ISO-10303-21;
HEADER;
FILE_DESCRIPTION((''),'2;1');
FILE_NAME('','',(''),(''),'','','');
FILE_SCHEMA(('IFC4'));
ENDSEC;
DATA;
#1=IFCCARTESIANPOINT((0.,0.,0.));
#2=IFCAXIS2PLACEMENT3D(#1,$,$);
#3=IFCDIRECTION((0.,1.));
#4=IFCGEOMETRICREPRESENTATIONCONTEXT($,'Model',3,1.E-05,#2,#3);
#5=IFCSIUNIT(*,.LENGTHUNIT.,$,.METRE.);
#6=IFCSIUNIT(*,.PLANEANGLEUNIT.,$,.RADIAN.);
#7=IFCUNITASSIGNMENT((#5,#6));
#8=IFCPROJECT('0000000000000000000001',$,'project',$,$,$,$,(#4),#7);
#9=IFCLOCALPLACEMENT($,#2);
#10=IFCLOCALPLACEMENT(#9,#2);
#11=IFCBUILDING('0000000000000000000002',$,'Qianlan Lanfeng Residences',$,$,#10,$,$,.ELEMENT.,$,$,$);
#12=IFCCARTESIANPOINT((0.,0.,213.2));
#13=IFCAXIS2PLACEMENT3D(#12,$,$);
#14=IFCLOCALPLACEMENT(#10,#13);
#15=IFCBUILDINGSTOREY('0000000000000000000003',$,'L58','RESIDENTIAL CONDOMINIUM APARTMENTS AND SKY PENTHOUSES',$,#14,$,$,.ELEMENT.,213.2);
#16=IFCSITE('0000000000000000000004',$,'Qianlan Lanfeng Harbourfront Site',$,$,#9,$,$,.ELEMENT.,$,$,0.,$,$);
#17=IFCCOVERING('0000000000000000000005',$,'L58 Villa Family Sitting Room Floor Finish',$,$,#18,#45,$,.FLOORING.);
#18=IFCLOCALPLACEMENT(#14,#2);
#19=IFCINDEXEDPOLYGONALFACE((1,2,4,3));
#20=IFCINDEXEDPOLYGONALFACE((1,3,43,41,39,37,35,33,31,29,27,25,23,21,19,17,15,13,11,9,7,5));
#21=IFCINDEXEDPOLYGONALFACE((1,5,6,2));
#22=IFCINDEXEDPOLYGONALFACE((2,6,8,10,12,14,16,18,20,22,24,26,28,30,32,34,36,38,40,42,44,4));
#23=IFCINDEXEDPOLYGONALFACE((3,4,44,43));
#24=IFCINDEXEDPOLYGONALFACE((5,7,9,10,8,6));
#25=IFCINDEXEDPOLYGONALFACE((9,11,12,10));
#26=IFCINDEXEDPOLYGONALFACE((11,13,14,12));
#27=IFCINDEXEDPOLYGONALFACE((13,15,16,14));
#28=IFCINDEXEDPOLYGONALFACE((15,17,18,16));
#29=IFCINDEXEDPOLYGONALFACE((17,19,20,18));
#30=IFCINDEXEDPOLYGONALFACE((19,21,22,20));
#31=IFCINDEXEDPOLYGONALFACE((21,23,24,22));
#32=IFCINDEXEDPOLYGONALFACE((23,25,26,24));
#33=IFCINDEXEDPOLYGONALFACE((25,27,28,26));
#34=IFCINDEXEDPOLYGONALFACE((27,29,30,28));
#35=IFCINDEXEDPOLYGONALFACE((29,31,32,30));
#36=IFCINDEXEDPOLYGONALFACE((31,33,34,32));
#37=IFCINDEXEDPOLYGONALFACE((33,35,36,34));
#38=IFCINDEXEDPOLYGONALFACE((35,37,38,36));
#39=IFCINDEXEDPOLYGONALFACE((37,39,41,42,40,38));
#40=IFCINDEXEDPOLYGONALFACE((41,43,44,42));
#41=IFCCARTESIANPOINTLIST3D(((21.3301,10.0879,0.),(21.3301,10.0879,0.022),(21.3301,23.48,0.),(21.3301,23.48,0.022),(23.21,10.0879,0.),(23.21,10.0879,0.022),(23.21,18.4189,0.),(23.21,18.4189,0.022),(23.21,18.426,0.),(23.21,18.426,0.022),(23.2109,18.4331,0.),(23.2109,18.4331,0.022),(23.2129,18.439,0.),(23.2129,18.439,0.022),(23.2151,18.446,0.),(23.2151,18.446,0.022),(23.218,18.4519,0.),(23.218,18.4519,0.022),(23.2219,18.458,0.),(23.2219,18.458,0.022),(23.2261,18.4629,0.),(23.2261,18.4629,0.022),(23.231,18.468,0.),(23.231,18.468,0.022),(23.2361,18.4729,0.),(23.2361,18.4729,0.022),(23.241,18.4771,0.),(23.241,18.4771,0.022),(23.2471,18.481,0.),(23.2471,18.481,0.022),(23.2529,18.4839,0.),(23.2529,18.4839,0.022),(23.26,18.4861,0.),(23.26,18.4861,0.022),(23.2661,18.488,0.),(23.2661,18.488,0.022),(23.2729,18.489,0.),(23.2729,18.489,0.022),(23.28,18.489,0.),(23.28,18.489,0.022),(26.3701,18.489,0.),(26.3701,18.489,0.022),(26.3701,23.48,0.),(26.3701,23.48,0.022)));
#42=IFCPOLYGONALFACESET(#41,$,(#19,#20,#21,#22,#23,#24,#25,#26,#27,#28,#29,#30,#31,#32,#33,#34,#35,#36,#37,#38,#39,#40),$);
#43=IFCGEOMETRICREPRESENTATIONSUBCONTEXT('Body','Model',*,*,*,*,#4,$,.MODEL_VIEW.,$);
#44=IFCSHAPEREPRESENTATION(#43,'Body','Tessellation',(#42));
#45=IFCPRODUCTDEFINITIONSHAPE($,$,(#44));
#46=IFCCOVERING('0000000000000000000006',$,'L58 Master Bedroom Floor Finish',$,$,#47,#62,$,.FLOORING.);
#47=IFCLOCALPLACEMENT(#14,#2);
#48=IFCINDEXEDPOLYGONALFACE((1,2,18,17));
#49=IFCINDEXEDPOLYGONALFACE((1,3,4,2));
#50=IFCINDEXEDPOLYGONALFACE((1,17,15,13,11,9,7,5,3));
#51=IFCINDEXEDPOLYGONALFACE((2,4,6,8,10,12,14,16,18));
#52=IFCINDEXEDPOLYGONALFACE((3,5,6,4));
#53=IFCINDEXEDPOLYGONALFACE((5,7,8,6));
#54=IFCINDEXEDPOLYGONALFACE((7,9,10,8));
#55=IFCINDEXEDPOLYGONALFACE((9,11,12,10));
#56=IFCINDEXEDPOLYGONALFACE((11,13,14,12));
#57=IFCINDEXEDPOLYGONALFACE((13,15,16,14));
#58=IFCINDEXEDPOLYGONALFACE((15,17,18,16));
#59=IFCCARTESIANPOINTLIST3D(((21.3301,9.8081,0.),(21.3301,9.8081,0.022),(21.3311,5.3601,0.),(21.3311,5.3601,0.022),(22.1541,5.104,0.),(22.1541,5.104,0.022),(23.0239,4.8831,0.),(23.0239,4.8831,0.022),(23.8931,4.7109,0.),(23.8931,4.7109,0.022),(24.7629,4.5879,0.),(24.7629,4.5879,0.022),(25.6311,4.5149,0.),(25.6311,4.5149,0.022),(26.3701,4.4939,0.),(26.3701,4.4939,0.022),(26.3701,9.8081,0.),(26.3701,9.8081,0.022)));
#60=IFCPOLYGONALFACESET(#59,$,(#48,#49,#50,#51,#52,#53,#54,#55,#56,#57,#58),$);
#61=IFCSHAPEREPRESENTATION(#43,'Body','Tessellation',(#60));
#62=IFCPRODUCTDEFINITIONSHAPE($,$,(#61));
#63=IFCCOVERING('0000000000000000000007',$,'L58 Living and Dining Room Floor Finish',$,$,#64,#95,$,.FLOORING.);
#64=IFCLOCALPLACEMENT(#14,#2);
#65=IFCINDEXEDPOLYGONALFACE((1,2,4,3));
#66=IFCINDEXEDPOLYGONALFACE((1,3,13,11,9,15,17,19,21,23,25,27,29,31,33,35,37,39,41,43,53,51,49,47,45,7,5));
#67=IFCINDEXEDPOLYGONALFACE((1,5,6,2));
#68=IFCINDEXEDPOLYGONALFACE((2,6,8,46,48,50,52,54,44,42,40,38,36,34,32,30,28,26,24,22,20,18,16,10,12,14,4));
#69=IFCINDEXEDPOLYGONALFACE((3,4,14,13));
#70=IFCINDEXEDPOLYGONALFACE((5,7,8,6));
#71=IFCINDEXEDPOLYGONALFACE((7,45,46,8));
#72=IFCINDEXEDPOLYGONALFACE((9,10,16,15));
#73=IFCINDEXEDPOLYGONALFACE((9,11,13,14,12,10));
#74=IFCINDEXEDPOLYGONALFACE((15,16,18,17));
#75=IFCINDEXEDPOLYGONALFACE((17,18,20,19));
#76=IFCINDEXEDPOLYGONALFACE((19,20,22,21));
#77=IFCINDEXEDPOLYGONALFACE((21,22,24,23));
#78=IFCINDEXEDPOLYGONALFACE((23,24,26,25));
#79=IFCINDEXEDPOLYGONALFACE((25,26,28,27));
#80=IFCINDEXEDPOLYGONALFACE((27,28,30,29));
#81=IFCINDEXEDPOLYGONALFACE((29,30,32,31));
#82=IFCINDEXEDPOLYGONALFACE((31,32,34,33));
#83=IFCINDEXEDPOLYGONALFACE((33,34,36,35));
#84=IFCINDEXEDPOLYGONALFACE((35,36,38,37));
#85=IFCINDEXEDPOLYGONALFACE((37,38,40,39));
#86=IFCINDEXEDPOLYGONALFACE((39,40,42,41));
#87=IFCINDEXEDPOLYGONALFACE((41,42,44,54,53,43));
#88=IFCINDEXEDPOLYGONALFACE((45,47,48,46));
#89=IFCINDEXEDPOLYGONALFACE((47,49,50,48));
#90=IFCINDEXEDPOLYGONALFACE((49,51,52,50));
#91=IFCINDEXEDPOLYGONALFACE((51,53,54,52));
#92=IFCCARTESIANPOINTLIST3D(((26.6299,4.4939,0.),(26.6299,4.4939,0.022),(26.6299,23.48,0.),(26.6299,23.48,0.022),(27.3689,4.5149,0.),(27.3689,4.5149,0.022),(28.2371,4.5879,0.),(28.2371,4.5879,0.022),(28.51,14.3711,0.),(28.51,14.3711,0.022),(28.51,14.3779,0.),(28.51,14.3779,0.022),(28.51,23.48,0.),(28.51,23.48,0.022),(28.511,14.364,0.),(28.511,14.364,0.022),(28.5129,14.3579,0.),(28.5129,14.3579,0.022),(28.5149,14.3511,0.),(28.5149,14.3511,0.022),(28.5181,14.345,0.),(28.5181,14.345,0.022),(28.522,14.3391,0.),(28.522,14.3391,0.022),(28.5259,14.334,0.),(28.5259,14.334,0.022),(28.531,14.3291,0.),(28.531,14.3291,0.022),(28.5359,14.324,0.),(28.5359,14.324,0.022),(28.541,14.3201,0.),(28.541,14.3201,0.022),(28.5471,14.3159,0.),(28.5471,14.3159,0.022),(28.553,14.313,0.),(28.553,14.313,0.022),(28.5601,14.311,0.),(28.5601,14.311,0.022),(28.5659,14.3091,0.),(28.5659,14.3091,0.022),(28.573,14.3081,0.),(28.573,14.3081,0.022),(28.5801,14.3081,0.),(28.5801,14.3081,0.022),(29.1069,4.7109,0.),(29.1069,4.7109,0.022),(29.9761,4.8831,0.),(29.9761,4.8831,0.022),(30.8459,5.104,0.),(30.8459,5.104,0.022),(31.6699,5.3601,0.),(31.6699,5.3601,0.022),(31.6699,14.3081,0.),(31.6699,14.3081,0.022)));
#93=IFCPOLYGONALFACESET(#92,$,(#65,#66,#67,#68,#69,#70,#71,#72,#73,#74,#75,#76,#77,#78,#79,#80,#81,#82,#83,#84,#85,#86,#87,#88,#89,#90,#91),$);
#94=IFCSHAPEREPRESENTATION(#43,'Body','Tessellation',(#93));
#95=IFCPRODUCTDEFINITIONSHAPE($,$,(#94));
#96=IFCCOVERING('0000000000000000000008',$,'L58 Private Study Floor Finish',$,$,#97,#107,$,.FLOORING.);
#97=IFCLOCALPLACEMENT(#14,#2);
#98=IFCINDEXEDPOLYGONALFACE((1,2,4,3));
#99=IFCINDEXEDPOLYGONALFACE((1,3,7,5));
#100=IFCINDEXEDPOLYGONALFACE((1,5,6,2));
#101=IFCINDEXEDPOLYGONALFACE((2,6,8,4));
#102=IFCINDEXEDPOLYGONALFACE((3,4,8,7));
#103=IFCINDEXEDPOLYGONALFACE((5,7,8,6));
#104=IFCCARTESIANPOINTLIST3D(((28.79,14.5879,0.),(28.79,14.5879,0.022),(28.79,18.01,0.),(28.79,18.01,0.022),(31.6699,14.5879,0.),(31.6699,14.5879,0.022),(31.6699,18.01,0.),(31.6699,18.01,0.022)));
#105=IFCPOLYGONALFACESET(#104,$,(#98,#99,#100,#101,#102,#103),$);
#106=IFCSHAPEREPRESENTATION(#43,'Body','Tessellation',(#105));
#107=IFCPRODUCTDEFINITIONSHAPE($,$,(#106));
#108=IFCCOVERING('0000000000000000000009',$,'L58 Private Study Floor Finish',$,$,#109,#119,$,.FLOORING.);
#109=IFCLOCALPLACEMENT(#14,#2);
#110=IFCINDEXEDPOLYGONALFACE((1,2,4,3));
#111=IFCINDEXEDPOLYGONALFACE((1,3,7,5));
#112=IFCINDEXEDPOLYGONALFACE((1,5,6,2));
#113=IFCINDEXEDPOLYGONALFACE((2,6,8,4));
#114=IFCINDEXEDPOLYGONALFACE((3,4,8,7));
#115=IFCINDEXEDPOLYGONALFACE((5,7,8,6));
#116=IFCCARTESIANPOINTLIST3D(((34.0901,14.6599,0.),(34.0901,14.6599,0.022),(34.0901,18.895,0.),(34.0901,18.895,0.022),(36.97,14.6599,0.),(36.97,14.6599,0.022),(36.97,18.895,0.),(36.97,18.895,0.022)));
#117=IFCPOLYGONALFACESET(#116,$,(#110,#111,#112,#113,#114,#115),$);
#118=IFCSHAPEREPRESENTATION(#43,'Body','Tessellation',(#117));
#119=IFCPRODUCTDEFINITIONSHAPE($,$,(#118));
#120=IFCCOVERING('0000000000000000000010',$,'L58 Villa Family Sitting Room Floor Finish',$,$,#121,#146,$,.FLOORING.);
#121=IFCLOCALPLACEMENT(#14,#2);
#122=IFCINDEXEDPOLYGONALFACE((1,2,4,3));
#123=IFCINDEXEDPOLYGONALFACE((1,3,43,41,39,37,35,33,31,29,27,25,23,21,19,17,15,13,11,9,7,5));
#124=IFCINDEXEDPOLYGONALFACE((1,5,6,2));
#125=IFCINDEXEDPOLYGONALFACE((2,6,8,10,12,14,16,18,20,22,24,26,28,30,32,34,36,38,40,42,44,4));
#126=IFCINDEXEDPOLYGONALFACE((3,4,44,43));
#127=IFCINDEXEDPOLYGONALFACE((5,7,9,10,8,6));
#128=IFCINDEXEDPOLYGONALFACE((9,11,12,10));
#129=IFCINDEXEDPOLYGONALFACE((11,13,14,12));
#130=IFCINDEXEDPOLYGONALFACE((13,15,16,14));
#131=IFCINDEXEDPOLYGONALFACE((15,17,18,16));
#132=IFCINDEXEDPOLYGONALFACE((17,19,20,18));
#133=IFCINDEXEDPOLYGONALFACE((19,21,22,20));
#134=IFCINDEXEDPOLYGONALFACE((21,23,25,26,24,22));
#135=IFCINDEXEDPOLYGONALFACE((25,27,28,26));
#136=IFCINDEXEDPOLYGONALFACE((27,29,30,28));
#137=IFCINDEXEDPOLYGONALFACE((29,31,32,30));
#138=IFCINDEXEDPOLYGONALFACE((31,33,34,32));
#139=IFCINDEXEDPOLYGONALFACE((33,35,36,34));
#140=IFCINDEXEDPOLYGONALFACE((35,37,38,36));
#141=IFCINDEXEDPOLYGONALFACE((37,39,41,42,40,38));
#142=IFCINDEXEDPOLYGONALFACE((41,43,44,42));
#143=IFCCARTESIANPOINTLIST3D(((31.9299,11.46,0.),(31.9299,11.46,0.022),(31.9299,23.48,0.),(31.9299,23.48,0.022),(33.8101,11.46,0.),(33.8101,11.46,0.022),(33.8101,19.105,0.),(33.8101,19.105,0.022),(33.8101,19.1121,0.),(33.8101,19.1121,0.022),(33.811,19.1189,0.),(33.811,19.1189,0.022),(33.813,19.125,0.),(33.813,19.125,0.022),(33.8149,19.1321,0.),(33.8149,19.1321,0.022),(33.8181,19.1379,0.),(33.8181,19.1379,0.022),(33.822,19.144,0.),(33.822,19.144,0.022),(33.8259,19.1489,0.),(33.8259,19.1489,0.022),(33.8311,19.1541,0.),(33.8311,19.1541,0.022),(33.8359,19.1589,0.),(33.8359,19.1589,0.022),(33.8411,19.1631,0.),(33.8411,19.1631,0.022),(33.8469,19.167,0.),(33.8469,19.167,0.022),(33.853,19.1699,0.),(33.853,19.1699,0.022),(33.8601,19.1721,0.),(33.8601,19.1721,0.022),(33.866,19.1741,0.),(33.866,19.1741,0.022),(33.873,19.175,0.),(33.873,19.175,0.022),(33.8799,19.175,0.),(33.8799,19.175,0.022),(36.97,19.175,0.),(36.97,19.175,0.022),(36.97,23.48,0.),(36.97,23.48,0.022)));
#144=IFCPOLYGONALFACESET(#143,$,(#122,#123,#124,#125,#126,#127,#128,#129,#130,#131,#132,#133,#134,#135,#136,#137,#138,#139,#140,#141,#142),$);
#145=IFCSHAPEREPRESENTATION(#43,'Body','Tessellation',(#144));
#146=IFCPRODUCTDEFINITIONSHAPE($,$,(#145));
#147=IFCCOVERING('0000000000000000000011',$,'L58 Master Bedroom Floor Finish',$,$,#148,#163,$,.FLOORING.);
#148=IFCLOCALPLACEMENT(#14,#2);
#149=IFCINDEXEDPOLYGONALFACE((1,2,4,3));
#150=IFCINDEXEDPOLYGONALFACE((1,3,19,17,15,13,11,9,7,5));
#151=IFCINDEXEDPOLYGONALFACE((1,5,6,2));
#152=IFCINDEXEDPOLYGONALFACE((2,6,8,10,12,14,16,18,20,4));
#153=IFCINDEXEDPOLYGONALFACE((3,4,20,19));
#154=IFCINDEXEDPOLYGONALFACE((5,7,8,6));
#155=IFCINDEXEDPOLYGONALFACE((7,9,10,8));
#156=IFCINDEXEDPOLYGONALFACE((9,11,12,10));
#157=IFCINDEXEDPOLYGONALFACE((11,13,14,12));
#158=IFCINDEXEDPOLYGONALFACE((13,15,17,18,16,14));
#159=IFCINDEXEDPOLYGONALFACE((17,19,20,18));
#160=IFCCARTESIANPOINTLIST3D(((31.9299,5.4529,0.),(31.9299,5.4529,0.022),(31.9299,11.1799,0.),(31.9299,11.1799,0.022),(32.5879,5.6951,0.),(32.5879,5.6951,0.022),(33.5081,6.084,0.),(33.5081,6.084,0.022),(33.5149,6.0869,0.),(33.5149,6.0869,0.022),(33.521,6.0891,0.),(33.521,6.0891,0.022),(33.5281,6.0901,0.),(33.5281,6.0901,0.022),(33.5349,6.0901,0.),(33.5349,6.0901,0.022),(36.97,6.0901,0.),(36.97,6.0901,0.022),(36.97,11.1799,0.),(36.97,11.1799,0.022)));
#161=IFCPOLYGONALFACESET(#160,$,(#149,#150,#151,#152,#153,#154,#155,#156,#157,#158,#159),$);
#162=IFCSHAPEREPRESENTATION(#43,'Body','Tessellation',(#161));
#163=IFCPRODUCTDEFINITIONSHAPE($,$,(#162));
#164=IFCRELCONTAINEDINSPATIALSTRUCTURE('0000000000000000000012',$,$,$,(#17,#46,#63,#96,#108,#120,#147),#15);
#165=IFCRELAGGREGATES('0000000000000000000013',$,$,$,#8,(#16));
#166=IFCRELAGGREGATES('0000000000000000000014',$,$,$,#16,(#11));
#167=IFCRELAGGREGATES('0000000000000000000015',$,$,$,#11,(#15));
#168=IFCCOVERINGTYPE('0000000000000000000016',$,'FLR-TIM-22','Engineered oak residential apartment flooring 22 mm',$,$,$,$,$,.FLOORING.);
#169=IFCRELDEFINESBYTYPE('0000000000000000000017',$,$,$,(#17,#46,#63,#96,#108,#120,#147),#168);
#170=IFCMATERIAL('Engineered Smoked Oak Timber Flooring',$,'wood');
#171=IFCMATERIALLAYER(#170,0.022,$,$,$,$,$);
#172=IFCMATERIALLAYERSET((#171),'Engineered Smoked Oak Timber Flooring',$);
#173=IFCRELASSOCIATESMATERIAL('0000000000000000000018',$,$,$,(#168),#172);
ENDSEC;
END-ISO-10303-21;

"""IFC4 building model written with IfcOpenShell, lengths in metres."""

from ifc_helpers import new_model, si_unit, direction, frame, origin, place, context, subcontext, project, spatial, polyline, outline, extrude, material, layer, layer_set, type_object, element, save


model = new_model("IFC4")

# Units and contexts
model_context = context("Model", 3, precision=1e-05, world=origin(), true_north=direction((0.0, 1.0)))
body_context = subcontext(model_context, "Body", "Model", "MODEL_VIEW")
ifc_project = project(units=[si_unit("LENGTHUNIT", "METRE"), si_unit("PLANEANGLEUNIT", "RADIAN")], contexts=[model_context])

# Site, building, storey
site_placement = place(None, origin())
site = spatial("IfcSite", under=ifc_project, at=site_placement, Name="Qianlan Lanfeng Harbourfront Site", CompositionType="ELEMENT", RefElevation=0.0)
building_placement = place(site_placement, origin())
building = spatial("IfcBuilding", under=site, at=building_placement, Name="Qianlan Lanfeng Residences", CompositionType="ELEMENT")
storey_placement = place(building_placement, frame((0.0, 0.0, 213.2)))
storey = spatial("IfcBuildingStorey", under=building, at=storey_placement, Name="L58", Description="RESIDENTIAL CONDOMINIUM APARTMENTS AND SKY PENTHOUSES", CompositionType="ELEMENT", Elevation=213.2)

# Coverings
ifc_material_1 = material(Name="Engineered Smoked Oak Timber Flooring", Category="wood")
ifc_layer_1 = layer(ifc_material_1, 0.022)
ifc_layer_set_1 = layer_set([ifc_layer_1], Name="Engineered Smoked Oak Timber Flooring")
covering_type_1 = type_object("IfcCoveringType", Name="FLR-TIM-22", Description="Engineered oak residential apartment flooring 22 mm", PredefinedType="FLOORING", material=ifc_layer_set_1)
covering_1_placement = place(storey_placement, origin())
element("IfcCovering", 1, at=covering_1_placement, inside=storey, type_object=covering_type_1, Name="L58 Villa Family Sitting Room Floor Finish", PredefinedType="FLOORING", context=body_context, shape_type="SweptSolid", body=[
    extrude(outline(polyline([(21.3301, 10.0879), (23.21, 10.0879), (23.21, 18.4189), (23.21, 18.426), (23.2109, 18.4331), (23.2129, 18.439), (23.2151, 18.446), (23.218, 18.4519), (23.2219, 18.458), (23.2261, 18.4629), (23.231, 18.468), (23.2361, 18.4729), (23.241, 18.4771), (23.2471, 18.481), (23.2529, 18.4839), (23.26, 18.4861), (23.2661, 18.488), (23.2729, 18.489), (23.28, 18.489), (26.3701, 18.489), (26.3701, 23.48), (21.3301, 23.48), (21.3301, 10.0879)])), origin(), (0.0, 0.0, 1.0), 0.022),
])
covering_2_placement = place(storey_placement, origin())
element("IfcCovering", 2, at=covering_2_placement, inside=storey, type_object=covering_type_1, Name="L58 Master Bedroom Floor Finish", PredefinedType="FLOORING", context=body_context, shape_type="SweptSolid", body=[
    extrude(outline(polyline([(21.3301, 9.8081), (21.3311, 5.3601), (22.1541, 5.104), (23.0239, 4.8831), (23.8931, 4.7109), (24.7629, 4.5879), (25.6311, 4.5149), (26.3701, 4.4939), (26.3701, 9.8081), (21.3301, 9.8081)])), origin(), (0.0, 0.0, 1.0), 0.022),
])
covering_3_placement = place(storey_placement, origin())
element("IfcCovering", 3, at=covering_3_placement, inside=storey, type_object=covering_type_1, Name="L58 Living and Dining Room Floor Finish", PredefinedType="FLOORING", context=body_context, shape_type="SweptSolid", body=[
    extrude(outline(polyline([(31.6699, 5.3601), (31.6699, 14.3081), (28.5801, 14.3081), (28.573, 14.3081), (28.5659, 14.3091), (28.5601, 14.311), (28.553, 14.313), (28.5471, 14.3159), (28.541, 14.3201), (28.5359, 14.324), (28.531, 14.3291), (28.5259, 14.334), (28.522, 14.3391), (28.5181, 14.345), (28.5149, 14.3511), (28.5129, 14.3579), (28.511, 14.364), (28.51, 14.3711), (28.51, 14.3779), (28.51, 23.48), (26.6299, 23.48), (26.6299, 4.4939), (27.3689, 4.5149), (28.2371, 4.5879), (29.1069, 4.7109), (29.9761, 4.8831), (30.8459, 5.104), (31.6699, 5.3601)])), origin(), (0.0, 0.0, 1.0), 0.022),
])
covering_4_placement = place(storey_placement, origin())
element("IfcCovering", 4, at=covering_4_placement, inside=storey, type_object=covering_type_1, Name="L58 Private Study Floor Finish", PredefinedType="FLOORING", context=body_context, shape_type="SweptSolid", body=[
    extrude(outline(polyline([(28.79, 18.01), (28.79, 14.5879), (31.6699, 14.5879), (31.6699, 18.01), (28.79, 18.01)])), origin(), (0.0, 0.0, 1.0), 0.022),
])
covering_5_placement = place(storey_placement, origin())
element("IfcCovering", 5, at=covering_5_placement, inside=storey, type_object=covering_type_1, Name="L58 Private Study Floor Finish", PredefinedType="FLOORING", context=body_context, shape_type="SweptSolid", body=[
    extrude(outline(polyline([(34.0901, 14.6599), (36.97, 14.6599), (36.97, 18.895), (34.0901, 18.895), (34.0901, 14.6599)])), origin(), (0.0, 0.0, 1.0), 0.022),
])
covering_6_placement = place(storey_placement, origin())
element("IfcCovering", 6, at=covering_6_placement, inside=storey, type_object=covering_type_1, Name="L58 Villa Family Sitting Room Floor Finish", PredefinedType="FLOORING", context=body_context, shape_type="SweptSolid", body=[
    extrude(outline(polyline([(31.9299, 11.46), (33.8101, 11.46), (33.8101, 19.105), (33.8101, 19.1121), (33.811, 19.1189), (33.813, 19.125), (33.8149, 19.1321), (33.8181, 19.1379), (33.822, 19.144), (33.8259, 19.1489), (33.8311, 19.1541), (33.8359, 19.1589), (33.8411, 19.1631), (33.8469, 19.167), (33.853, 19.1699), (33.8601, 19.1721), (33.866, 19.1741), (33.873, 19.175), (33.8799, 19.175), (36.97, 19.175), (36.97, 23.48), (31.9299, 23.48), (31.9299, 11.46)])), origin(), (0.0, 0.0, 1.0), 0.022),
])
covering_7_placement = place(storey_placement, origin())
element("IfcCovering", 7, at=covering_7_placement, inside=storey, type_object=covering_type_1, Name="L58 Master Bedroom Floor Finish", PredefinedType="FLOORING", context=body_context, shape_type="SweptSolid", body=[
    extrude(outline(polyline([(31.9299, 11.1799), (31.9299, 5.4529), (32.5879, 5.6951), (33.5081, 6.084), (33.5149, 6.0869), (33.521, 6.0891), (33.5281, 6.0901), (33.5349, 6.0901), (36.97, 6.0901), (36.97, 11.1799), (31.9299, 11.1799)])), origin(), (0.0, 0.0, 1.0), 0.022),
])

save(model, "model.ifc")
